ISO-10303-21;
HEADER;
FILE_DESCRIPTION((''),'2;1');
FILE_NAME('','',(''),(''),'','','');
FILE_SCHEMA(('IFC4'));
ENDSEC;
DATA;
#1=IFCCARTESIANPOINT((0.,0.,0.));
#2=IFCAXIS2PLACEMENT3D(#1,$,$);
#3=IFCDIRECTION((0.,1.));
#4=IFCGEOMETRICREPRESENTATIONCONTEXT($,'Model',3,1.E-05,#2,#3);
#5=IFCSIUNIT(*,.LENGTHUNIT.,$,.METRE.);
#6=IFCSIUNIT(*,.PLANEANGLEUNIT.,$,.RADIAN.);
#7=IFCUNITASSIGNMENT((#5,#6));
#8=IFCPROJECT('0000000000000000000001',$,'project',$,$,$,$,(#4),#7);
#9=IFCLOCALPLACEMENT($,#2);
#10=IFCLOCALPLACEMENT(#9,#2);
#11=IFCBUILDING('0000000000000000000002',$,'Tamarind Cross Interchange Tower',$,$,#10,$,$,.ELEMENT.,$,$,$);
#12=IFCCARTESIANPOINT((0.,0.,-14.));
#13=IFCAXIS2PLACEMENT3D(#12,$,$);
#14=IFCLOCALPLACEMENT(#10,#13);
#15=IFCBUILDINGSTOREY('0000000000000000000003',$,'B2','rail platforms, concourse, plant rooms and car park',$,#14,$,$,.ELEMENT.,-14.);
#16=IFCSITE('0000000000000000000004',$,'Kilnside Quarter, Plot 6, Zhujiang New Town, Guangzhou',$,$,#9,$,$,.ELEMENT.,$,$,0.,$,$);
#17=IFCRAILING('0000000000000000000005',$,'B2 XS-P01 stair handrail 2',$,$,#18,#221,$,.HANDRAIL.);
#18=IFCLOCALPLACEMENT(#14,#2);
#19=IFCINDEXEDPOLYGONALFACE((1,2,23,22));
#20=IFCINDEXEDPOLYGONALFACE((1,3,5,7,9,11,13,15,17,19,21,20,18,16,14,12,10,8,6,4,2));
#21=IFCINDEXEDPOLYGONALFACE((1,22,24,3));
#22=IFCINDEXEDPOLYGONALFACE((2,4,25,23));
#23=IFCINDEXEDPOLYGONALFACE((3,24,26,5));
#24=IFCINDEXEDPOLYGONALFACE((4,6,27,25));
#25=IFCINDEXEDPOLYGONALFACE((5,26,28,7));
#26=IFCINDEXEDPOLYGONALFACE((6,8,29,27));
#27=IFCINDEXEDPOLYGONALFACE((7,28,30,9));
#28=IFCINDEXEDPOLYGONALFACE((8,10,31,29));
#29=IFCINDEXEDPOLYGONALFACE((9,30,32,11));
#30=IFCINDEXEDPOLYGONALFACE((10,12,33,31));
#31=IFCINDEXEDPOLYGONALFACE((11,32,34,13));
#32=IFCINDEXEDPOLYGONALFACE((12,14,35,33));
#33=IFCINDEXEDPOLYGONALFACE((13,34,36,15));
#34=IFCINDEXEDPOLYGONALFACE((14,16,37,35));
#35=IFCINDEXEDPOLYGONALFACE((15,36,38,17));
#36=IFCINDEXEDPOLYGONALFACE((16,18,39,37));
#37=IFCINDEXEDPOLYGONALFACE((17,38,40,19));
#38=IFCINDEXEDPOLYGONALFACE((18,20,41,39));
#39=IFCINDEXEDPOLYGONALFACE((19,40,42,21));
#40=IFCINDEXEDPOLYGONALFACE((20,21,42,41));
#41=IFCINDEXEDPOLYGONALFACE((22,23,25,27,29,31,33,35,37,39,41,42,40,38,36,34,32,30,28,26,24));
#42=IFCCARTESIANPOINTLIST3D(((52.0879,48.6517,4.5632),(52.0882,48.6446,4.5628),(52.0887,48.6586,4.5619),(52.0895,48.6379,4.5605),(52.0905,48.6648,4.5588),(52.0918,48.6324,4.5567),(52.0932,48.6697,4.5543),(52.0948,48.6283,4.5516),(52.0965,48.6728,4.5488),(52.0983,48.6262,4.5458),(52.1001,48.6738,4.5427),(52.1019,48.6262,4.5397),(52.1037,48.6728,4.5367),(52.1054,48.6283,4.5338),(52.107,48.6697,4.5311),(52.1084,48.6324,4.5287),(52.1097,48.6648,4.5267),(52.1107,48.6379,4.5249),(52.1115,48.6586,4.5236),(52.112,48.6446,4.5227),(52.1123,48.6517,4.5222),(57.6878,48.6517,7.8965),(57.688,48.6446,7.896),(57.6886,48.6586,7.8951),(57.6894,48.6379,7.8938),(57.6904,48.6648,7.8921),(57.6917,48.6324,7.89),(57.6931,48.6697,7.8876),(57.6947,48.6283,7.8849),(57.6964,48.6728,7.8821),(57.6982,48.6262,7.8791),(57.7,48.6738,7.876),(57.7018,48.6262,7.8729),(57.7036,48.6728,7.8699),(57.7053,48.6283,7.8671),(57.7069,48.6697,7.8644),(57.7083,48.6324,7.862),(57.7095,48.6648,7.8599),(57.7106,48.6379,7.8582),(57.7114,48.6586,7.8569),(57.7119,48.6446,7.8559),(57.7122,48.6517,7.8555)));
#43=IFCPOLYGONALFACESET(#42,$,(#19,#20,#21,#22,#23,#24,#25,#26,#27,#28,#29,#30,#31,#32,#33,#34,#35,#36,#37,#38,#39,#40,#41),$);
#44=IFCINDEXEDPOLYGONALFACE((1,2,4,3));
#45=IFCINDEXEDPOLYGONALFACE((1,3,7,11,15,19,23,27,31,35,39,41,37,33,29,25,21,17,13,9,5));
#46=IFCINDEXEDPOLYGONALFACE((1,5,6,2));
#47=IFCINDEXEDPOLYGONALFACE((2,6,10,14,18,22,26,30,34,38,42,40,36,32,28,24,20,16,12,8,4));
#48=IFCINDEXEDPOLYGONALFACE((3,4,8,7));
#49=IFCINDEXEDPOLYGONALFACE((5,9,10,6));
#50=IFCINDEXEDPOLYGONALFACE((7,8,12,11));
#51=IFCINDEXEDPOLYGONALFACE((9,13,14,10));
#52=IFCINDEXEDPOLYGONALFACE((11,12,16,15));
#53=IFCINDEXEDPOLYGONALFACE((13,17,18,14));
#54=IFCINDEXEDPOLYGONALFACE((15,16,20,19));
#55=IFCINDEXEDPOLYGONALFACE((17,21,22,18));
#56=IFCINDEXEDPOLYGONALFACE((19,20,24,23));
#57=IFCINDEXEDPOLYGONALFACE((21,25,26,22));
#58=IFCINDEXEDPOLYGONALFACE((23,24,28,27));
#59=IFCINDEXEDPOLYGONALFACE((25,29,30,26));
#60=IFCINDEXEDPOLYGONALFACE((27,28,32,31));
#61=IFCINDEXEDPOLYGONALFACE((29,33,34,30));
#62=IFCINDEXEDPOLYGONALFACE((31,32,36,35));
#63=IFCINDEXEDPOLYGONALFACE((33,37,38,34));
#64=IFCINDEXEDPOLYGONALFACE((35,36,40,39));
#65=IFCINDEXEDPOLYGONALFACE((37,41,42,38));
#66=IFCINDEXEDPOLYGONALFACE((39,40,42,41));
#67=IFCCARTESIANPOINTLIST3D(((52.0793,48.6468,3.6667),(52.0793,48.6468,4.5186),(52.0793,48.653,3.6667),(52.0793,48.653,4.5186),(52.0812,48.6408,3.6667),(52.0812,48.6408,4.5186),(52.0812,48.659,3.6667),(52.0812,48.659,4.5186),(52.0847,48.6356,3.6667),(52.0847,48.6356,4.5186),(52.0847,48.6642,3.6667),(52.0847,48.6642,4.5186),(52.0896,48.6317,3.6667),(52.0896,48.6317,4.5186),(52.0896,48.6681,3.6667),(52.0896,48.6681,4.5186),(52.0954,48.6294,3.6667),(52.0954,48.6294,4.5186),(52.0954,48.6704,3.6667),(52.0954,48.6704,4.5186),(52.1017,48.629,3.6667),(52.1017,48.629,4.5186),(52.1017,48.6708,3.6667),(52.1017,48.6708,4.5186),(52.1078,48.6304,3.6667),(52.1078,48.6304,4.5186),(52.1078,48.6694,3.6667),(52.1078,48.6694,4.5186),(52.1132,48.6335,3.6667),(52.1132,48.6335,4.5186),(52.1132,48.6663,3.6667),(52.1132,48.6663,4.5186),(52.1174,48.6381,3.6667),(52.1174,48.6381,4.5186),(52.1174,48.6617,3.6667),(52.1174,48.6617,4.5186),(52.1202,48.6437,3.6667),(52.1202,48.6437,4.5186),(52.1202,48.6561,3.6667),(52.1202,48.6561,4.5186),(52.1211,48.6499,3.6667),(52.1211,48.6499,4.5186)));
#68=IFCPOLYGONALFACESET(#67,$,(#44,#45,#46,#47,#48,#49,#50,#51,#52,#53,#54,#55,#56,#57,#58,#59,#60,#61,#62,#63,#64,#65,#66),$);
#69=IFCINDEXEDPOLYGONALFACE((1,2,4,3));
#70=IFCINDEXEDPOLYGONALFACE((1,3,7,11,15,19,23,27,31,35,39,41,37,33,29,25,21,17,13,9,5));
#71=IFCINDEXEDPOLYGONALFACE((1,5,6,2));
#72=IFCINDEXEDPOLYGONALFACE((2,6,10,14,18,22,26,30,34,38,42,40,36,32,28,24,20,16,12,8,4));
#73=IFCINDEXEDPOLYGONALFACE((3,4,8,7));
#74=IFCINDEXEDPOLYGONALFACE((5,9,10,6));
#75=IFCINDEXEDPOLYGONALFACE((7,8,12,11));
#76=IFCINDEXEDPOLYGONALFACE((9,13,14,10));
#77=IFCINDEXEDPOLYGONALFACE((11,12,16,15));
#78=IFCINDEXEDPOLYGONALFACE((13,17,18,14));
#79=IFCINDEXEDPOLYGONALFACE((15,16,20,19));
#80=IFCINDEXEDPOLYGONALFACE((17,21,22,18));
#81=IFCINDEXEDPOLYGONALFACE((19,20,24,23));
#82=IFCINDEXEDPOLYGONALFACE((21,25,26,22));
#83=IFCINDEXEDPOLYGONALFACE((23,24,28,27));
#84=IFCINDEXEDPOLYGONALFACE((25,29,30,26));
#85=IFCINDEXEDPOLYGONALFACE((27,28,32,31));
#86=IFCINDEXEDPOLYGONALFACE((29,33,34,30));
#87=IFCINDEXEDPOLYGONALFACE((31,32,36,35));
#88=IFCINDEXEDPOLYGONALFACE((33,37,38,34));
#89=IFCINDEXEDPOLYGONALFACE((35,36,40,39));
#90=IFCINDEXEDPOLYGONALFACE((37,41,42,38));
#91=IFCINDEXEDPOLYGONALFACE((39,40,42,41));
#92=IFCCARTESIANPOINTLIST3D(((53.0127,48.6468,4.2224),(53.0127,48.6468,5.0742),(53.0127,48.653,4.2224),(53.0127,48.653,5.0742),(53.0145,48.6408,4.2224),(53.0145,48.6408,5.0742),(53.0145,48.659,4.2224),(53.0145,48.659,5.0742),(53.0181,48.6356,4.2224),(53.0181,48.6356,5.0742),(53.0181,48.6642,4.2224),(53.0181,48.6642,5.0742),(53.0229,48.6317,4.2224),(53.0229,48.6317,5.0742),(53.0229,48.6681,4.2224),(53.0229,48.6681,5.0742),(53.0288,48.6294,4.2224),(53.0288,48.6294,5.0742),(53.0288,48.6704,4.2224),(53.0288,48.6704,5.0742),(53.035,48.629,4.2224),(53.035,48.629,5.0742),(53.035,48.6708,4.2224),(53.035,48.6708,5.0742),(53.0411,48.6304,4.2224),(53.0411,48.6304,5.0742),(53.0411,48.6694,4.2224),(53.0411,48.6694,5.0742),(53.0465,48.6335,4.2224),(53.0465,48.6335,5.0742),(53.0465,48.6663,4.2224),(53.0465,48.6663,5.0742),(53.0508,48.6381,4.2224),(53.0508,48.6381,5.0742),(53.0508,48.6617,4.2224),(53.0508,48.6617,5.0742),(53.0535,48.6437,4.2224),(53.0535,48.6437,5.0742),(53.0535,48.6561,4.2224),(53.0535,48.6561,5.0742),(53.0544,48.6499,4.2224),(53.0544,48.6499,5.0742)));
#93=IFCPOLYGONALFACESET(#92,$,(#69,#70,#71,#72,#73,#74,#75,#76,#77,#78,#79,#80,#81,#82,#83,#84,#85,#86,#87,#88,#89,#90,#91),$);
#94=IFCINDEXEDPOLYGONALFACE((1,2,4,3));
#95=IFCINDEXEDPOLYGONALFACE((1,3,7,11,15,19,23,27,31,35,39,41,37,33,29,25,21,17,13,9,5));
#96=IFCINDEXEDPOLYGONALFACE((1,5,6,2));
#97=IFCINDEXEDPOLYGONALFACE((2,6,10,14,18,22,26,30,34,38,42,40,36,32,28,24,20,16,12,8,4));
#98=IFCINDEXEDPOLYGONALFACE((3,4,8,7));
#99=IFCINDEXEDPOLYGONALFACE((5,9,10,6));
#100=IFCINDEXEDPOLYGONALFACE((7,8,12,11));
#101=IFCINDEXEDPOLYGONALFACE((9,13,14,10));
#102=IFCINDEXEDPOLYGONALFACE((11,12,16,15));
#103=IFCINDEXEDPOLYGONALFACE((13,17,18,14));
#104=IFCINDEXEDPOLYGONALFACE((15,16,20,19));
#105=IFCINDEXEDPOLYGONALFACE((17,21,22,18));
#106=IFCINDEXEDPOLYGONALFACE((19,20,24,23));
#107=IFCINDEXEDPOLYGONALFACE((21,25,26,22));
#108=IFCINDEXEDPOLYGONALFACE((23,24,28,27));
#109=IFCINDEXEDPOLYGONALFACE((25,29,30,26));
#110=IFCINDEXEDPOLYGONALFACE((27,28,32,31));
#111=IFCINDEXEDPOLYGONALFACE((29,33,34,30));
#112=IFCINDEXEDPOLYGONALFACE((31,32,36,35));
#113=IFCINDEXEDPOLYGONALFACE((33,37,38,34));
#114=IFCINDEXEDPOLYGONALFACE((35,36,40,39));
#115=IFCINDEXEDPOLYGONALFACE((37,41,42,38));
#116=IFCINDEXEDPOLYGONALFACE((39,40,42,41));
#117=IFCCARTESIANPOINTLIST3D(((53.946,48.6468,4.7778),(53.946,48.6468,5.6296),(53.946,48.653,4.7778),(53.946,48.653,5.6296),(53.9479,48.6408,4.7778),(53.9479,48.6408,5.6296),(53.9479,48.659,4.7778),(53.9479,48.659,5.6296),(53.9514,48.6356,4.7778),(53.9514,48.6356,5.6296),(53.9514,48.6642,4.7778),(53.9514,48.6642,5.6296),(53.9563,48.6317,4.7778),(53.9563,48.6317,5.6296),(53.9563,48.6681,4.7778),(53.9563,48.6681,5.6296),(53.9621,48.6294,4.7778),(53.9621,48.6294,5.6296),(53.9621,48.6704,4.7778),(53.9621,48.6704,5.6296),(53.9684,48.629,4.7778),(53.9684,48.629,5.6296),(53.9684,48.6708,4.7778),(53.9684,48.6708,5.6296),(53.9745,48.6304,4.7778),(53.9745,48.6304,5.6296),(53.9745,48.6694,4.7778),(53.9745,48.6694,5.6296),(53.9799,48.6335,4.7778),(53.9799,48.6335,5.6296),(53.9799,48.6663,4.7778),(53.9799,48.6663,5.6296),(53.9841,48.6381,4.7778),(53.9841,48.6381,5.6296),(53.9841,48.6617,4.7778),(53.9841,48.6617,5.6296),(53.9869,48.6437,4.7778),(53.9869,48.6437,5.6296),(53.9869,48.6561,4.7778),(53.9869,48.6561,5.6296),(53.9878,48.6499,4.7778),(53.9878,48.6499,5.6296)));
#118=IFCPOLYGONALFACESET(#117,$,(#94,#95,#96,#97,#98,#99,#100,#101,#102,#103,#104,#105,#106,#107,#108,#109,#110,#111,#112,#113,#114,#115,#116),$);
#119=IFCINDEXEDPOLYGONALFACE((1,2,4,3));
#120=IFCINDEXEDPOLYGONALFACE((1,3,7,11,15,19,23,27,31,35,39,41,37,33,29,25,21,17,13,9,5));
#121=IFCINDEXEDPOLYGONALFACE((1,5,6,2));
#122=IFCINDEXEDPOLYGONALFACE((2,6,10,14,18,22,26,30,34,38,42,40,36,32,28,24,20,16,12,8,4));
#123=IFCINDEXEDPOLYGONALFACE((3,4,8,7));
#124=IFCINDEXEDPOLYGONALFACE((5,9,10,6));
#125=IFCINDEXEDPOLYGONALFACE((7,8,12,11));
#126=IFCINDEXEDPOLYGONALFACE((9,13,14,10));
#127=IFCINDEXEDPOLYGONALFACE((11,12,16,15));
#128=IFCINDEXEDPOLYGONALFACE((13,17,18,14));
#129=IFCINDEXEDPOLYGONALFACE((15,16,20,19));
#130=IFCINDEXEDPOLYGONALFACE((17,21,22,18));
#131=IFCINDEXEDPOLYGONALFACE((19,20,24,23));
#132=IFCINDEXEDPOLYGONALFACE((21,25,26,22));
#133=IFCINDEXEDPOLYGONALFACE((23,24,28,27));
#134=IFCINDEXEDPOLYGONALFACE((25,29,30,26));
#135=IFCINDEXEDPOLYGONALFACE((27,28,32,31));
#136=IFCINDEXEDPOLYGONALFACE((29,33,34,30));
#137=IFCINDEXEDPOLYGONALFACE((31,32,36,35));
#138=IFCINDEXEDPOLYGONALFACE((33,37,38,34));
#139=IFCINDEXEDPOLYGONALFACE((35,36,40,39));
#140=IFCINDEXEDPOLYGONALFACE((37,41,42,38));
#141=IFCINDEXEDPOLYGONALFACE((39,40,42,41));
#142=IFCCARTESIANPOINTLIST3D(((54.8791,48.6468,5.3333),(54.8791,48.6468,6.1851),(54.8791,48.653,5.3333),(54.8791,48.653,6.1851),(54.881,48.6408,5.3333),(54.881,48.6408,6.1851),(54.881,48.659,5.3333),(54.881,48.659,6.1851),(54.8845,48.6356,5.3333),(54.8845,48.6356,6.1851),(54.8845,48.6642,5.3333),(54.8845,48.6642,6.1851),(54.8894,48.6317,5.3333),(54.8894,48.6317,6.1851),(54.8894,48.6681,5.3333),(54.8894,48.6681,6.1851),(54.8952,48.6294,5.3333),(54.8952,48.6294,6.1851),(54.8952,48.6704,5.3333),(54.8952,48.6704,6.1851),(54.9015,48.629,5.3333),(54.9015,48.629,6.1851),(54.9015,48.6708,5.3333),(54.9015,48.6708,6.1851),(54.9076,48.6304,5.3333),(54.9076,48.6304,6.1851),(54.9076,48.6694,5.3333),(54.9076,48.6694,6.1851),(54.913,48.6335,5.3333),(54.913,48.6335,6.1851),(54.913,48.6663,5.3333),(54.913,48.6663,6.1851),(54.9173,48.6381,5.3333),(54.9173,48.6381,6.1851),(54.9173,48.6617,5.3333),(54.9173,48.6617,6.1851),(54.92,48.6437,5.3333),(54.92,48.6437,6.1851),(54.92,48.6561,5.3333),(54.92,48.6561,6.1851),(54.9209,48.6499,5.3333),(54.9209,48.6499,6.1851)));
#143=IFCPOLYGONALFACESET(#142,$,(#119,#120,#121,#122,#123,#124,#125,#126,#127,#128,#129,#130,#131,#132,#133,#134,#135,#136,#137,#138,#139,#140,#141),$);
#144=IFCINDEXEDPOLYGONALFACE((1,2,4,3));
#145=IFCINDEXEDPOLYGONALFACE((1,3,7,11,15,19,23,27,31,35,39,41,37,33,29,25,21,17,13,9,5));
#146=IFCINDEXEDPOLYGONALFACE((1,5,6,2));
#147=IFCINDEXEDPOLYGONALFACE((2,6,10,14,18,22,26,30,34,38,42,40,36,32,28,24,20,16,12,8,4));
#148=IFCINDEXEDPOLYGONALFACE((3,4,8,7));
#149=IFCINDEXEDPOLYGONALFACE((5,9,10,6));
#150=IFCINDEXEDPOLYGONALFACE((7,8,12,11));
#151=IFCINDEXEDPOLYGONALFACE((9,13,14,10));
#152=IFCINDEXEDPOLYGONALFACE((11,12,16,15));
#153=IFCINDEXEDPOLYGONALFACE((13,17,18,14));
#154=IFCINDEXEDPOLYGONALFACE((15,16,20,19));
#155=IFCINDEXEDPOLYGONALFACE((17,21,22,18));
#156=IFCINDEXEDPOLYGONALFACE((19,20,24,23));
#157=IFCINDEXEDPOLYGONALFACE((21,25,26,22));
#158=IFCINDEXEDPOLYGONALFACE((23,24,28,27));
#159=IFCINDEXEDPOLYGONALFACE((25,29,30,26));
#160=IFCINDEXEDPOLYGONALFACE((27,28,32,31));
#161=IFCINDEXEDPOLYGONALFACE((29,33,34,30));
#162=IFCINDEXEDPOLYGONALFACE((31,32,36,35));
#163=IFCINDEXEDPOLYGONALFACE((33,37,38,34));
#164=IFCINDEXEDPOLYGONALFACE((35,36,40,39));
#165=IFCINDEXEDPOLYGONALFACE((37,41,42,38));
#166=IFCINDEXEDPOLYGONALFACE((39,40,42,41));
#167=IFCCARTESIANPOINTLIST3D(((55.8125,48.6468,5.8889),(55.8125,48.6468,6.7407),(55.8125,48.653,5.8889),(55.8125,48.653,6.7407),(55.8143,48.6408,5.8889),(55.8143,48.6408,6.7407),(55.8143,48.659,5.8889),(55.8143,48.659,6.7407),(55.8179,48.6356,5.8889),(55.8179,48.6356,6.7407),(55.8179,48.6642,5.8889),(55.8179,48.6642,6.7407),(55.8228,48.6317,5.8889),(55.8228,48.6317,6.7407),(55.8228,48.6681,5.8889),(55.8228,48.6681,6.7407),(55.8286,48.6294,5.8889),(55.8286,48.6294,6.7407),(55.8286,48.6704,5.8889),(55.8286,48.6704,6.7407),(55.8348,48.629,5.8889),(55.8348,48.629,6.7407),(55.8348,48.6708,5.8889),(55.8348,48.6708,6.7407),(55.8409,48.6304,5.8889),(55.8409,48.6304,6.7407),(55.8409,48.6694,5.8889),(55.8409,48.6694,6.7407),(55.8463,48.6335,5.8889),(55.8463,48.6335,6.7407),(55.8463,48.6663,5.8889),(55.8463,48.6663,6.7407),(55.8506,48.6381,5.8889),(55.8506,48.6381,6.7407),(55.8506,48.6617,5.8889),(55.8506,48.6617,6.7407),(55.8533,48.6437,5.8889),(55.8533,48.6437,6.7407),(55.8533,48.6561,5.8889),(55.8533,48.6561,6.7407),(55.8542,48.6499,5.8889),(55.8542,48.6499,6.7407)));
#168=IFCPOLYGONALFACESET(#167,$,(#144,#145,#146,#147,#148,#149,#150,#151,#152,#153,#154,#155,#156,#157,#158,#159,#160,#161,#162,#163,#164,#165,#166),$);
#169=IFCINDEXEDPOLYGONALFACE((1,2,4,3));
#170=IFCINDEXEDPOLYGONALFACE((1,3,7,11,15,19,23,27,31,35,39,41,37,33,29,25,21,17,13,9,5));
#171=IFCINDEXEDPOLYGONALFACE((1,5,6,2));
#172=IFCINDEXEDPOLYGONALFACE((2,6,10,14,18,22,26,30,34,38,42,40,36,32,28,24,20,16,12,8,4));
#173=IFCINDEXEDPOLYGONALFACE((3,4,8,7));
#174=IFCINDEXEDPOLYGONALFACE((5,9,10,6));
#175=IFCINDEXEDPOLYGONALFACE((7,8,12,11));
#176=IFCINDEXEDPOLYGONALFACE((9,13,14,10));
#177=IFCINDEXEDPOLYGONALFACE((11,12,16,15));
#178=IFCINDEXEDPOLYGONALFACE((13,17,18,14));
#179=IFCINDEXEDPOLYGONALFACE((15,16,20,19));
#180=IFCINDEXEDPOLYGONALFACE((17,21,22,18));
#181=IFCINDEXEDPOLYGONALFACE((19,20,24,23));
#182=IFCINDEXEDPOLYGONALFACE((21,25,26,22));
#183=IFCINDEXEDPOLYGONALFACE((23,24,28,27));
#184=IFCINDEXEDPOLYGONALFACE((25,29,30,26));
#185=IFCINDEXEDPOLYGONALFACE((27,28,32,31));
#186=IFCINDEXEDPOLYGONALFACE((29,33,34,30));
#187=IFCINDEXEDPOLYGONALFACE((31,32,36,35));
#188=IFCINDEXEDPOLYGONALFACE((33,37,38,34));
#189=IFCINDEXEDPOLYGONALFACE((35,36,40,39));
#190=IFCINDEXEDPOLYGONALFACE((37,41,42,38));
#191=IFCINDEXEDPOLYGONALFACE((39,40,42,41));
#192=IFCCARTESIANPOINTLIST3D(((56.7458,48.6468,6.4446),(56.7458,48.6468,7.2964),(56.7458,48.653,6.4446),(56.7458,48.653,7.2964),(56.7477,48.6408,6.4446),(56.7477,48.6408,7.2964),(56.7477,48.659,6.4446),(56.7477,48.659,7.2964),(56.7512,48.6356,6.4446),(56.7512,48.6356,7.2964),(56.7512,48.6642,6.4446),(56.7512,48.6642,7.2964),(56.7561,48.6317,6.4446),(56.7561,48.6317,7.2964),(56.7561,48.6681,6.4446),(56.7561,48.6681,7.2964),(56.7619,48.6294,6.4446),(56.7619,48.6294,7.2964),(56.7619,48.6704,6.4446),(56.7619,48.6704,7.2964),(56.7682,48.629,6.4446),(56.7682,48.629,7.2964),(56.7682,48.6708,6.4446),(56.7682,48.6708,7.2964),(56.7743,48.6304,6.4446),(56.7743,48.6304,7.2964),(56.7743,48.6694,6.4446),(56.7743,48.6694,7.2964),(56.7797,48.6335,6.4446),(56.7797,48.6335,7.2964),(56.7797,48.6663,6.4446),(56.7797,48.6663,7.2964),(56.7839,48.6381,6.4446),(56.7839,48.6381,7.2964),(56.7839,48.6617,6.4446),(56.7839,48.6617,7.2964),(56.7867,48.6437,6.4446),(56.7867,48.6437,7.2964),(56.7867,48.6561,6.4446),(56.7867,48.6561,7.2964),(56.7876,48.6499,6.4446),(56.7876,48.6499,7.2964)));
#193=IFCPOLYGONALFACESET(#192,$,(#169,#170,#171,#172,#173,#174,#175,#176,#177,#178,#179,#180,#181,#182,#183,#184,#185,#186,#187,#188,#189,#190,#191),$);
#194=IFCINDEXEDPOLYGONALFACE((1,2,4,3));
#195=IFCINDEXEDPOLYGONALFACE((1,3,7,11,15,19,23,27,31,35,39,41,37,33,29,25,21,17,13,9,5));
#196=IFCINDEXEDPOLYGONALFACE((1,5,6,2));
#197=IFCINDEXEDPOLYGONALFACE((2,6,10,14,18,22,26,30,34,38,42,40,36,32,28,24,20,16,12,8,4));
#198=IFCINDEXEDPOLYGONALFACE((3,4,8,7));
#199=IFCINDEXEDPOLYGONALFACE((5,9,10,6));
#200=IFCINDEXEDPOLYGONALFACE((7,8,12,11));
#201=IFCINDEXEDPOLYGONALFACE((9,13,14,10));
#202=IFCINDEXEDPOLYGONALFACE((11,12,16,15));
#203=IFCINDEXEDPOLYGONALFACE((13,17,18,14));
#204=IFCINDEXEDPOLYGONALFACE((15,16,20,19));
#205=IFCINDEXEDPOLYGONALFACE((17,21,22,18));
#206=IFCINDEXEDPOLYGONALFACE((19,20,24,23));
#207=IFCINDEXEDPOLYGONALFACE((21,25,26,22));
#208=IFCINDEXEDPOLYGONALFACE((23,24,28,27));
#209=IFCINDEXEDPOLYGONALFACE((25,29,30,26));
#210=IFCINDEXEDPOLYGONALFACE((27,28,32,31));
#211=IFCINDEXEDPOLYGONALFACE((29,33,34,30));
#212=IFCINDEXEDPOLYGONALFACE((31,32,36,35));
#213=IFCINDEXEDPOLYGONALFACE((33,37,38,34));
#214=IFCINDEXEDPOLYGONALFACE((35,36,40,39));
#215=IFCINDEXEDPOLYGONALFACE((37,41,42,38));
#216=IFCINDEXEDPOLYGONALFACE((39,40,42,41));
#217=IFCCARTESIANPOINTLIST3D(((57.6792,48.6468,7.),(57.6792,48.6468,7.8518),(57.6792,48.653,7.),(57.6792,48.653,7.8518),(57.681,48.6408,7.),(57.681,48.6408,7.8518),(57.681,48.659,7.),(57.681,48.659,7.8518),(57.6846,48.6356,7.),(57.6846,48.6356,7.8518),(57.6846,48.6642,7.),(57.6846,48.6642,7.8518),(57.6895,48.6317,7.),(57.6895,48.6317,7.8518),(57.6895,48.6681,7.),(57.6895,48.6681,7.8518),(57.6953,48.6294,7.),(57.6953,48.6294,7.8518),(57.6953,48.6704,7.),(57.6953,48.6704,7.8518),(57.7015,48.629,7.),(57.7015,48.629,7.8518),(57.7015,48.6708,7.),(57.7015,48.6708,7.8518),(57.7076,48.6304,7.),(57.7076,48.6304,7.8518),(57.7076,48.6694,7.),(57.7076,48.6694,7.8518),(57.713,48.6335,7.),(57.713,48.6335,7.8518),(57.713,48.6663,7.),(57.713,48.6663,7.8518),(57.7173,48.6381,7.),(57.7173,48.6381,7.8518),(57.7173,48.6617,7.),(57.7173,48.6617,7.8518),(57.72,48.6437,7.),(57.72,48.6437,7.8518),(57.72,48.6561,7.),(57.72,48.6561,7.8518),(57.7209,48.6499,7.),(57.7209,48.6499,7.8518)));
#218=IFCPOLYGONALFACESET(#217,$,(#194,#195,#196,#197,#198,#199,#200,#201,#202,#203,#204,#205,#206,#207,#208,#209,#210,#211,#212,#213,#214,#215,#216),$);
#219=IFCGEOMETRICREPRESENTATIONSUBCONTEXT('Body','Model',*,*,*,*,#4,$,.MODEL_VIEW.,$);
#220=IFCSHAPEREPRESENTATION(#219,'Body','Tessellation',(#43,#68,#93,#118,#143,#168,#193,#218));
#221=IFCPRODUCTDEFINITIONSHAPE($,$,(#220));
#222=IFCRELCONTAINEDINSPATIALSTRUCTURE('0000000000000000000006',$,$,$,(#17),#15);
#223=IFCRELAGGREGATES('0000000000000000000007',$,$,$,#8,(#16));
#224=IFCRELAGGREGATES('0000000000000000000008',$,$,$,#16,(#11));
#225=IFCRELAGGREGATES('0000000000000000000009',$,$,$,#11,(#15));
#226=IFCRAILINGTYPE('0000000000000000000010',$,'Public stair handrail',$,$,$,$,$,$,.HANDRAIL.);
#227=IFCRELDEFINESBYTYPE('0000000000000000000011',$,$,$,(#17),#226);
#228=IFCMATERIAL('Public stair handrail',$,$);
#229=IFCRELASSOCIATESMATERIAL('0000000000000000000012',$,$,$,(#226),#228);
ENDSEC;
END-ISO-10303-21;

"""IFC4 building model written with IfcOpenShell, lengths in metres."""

from ifc_helpers import new_model, si_unit, direction, frame, origin, origin_2d, place, context, subcontext, project, spatial, circle, extrude, material, type_object, element, save


model = new_model("IFC4")

# Units and contexts
model_context = context("Model", 3, precision=1e-05, world=origin(), true_north=direction((0.0, 1.0)))
body_context = subcontext(model_context, "Body", "Model", "MODEL_VIEW")
ifc_project = project(units=[si_unit("LENGTHUNIT", "METRE"), si_unit("PLANEANGLEUNIT", "RADIAN")], contexts=[model_context])

# Site, building, storey
site_placement = place(None, origin())
site = spatial("IfcSite", under=ifc_project, at=site_placement, Name="Kilnside Quarter, Plot 6, Zhujiang New Town, Guangzhou", CompositionType="ELEMENT", RefElevation=0.0)
building_placement = place(site_placement, origin())
building = spatial("IfcBuilding", under=site, at=building_placement, Name="Tamarind Cross Interchange Tower", CompositionType="ELEMENT")
storey_placement = place(building_placement, frame((0.0, 0.0, -14.0)))
storey = spatial("IfcBuildingStorey", under=building, at=storey_placement, Name="B2", Description="rail platforms, concourse, plant rooms and car park", CompositionType="ELEMENT", Elevation=-14.0)

# Railing
ifc_material_1 = material(Name="Public stair handrail")
railing_type_1 = type_object("IfcRailingType", Name="Public stair handrail", PredefinedType="HANDRAIL", material=ifc_material_1)
railing_1_placement = place(storey_placement, frame((52.1001, 48.6499, 3.6667)))
element("IfcRailing", 1, at=railing_1_placement, inside=storey, type_object=railing_type_1, Name="B2 XS-P01 stair handrail 2", PredefinedType="HANDRAIL", context=body_context, shape_type="SweptSolid", body=[
    extrude(circle(Radius=0.0239, at=origin_2d()), frame((0.0, 0.0, 0.876), z_axis=(0.859292, 0.0, 0.511485), x_axis=(0.0, 1.0, 0.0)), (0.0, 0.0, 1.0), 6.5168),
    extrude(circle(Radius=0.021, at=origin_2d()), origin(), (0.0, 0.0, 1.0), 0.8518),
    extrude(circle(Radius=0.021, at=origin_2d()), frame((0.9333, 0.0, 0.5557)), (0.0, 0.0, 1.0), 0.8518),
    extrude(circle(Radius=0.021, at=origin_2d()), frame((1.8667, 0.0, 1.1111)), (0.0, 0.0, 1.0), 0.8518),
    extrude(circle(Radius=0.021, at=origin_2d()), frame((2.7998, 0.0, 1.6665)), (0.0, 0.0, 1.0), 0.8518),
    extrude(circle(Radius=0.021, at=origin_2d()), frame((3.7332, 0.0, 2.2222)), (0.0, 0.0, 1.0), 0.8518),
    extrude(circle(Radius=0.021, at=origin_2d()), frame((4.6665, 0.0, 2.7778)), (0.0, 0.0, 1.0), 0.8518),
    extrude(circle(Radius=0.021, at=origin_2d()), frame((5.5999, 0.0, 3.3333)), (0.0, 0.0, 1.0), 0.8518),
])

save(model, "model.ifc")
